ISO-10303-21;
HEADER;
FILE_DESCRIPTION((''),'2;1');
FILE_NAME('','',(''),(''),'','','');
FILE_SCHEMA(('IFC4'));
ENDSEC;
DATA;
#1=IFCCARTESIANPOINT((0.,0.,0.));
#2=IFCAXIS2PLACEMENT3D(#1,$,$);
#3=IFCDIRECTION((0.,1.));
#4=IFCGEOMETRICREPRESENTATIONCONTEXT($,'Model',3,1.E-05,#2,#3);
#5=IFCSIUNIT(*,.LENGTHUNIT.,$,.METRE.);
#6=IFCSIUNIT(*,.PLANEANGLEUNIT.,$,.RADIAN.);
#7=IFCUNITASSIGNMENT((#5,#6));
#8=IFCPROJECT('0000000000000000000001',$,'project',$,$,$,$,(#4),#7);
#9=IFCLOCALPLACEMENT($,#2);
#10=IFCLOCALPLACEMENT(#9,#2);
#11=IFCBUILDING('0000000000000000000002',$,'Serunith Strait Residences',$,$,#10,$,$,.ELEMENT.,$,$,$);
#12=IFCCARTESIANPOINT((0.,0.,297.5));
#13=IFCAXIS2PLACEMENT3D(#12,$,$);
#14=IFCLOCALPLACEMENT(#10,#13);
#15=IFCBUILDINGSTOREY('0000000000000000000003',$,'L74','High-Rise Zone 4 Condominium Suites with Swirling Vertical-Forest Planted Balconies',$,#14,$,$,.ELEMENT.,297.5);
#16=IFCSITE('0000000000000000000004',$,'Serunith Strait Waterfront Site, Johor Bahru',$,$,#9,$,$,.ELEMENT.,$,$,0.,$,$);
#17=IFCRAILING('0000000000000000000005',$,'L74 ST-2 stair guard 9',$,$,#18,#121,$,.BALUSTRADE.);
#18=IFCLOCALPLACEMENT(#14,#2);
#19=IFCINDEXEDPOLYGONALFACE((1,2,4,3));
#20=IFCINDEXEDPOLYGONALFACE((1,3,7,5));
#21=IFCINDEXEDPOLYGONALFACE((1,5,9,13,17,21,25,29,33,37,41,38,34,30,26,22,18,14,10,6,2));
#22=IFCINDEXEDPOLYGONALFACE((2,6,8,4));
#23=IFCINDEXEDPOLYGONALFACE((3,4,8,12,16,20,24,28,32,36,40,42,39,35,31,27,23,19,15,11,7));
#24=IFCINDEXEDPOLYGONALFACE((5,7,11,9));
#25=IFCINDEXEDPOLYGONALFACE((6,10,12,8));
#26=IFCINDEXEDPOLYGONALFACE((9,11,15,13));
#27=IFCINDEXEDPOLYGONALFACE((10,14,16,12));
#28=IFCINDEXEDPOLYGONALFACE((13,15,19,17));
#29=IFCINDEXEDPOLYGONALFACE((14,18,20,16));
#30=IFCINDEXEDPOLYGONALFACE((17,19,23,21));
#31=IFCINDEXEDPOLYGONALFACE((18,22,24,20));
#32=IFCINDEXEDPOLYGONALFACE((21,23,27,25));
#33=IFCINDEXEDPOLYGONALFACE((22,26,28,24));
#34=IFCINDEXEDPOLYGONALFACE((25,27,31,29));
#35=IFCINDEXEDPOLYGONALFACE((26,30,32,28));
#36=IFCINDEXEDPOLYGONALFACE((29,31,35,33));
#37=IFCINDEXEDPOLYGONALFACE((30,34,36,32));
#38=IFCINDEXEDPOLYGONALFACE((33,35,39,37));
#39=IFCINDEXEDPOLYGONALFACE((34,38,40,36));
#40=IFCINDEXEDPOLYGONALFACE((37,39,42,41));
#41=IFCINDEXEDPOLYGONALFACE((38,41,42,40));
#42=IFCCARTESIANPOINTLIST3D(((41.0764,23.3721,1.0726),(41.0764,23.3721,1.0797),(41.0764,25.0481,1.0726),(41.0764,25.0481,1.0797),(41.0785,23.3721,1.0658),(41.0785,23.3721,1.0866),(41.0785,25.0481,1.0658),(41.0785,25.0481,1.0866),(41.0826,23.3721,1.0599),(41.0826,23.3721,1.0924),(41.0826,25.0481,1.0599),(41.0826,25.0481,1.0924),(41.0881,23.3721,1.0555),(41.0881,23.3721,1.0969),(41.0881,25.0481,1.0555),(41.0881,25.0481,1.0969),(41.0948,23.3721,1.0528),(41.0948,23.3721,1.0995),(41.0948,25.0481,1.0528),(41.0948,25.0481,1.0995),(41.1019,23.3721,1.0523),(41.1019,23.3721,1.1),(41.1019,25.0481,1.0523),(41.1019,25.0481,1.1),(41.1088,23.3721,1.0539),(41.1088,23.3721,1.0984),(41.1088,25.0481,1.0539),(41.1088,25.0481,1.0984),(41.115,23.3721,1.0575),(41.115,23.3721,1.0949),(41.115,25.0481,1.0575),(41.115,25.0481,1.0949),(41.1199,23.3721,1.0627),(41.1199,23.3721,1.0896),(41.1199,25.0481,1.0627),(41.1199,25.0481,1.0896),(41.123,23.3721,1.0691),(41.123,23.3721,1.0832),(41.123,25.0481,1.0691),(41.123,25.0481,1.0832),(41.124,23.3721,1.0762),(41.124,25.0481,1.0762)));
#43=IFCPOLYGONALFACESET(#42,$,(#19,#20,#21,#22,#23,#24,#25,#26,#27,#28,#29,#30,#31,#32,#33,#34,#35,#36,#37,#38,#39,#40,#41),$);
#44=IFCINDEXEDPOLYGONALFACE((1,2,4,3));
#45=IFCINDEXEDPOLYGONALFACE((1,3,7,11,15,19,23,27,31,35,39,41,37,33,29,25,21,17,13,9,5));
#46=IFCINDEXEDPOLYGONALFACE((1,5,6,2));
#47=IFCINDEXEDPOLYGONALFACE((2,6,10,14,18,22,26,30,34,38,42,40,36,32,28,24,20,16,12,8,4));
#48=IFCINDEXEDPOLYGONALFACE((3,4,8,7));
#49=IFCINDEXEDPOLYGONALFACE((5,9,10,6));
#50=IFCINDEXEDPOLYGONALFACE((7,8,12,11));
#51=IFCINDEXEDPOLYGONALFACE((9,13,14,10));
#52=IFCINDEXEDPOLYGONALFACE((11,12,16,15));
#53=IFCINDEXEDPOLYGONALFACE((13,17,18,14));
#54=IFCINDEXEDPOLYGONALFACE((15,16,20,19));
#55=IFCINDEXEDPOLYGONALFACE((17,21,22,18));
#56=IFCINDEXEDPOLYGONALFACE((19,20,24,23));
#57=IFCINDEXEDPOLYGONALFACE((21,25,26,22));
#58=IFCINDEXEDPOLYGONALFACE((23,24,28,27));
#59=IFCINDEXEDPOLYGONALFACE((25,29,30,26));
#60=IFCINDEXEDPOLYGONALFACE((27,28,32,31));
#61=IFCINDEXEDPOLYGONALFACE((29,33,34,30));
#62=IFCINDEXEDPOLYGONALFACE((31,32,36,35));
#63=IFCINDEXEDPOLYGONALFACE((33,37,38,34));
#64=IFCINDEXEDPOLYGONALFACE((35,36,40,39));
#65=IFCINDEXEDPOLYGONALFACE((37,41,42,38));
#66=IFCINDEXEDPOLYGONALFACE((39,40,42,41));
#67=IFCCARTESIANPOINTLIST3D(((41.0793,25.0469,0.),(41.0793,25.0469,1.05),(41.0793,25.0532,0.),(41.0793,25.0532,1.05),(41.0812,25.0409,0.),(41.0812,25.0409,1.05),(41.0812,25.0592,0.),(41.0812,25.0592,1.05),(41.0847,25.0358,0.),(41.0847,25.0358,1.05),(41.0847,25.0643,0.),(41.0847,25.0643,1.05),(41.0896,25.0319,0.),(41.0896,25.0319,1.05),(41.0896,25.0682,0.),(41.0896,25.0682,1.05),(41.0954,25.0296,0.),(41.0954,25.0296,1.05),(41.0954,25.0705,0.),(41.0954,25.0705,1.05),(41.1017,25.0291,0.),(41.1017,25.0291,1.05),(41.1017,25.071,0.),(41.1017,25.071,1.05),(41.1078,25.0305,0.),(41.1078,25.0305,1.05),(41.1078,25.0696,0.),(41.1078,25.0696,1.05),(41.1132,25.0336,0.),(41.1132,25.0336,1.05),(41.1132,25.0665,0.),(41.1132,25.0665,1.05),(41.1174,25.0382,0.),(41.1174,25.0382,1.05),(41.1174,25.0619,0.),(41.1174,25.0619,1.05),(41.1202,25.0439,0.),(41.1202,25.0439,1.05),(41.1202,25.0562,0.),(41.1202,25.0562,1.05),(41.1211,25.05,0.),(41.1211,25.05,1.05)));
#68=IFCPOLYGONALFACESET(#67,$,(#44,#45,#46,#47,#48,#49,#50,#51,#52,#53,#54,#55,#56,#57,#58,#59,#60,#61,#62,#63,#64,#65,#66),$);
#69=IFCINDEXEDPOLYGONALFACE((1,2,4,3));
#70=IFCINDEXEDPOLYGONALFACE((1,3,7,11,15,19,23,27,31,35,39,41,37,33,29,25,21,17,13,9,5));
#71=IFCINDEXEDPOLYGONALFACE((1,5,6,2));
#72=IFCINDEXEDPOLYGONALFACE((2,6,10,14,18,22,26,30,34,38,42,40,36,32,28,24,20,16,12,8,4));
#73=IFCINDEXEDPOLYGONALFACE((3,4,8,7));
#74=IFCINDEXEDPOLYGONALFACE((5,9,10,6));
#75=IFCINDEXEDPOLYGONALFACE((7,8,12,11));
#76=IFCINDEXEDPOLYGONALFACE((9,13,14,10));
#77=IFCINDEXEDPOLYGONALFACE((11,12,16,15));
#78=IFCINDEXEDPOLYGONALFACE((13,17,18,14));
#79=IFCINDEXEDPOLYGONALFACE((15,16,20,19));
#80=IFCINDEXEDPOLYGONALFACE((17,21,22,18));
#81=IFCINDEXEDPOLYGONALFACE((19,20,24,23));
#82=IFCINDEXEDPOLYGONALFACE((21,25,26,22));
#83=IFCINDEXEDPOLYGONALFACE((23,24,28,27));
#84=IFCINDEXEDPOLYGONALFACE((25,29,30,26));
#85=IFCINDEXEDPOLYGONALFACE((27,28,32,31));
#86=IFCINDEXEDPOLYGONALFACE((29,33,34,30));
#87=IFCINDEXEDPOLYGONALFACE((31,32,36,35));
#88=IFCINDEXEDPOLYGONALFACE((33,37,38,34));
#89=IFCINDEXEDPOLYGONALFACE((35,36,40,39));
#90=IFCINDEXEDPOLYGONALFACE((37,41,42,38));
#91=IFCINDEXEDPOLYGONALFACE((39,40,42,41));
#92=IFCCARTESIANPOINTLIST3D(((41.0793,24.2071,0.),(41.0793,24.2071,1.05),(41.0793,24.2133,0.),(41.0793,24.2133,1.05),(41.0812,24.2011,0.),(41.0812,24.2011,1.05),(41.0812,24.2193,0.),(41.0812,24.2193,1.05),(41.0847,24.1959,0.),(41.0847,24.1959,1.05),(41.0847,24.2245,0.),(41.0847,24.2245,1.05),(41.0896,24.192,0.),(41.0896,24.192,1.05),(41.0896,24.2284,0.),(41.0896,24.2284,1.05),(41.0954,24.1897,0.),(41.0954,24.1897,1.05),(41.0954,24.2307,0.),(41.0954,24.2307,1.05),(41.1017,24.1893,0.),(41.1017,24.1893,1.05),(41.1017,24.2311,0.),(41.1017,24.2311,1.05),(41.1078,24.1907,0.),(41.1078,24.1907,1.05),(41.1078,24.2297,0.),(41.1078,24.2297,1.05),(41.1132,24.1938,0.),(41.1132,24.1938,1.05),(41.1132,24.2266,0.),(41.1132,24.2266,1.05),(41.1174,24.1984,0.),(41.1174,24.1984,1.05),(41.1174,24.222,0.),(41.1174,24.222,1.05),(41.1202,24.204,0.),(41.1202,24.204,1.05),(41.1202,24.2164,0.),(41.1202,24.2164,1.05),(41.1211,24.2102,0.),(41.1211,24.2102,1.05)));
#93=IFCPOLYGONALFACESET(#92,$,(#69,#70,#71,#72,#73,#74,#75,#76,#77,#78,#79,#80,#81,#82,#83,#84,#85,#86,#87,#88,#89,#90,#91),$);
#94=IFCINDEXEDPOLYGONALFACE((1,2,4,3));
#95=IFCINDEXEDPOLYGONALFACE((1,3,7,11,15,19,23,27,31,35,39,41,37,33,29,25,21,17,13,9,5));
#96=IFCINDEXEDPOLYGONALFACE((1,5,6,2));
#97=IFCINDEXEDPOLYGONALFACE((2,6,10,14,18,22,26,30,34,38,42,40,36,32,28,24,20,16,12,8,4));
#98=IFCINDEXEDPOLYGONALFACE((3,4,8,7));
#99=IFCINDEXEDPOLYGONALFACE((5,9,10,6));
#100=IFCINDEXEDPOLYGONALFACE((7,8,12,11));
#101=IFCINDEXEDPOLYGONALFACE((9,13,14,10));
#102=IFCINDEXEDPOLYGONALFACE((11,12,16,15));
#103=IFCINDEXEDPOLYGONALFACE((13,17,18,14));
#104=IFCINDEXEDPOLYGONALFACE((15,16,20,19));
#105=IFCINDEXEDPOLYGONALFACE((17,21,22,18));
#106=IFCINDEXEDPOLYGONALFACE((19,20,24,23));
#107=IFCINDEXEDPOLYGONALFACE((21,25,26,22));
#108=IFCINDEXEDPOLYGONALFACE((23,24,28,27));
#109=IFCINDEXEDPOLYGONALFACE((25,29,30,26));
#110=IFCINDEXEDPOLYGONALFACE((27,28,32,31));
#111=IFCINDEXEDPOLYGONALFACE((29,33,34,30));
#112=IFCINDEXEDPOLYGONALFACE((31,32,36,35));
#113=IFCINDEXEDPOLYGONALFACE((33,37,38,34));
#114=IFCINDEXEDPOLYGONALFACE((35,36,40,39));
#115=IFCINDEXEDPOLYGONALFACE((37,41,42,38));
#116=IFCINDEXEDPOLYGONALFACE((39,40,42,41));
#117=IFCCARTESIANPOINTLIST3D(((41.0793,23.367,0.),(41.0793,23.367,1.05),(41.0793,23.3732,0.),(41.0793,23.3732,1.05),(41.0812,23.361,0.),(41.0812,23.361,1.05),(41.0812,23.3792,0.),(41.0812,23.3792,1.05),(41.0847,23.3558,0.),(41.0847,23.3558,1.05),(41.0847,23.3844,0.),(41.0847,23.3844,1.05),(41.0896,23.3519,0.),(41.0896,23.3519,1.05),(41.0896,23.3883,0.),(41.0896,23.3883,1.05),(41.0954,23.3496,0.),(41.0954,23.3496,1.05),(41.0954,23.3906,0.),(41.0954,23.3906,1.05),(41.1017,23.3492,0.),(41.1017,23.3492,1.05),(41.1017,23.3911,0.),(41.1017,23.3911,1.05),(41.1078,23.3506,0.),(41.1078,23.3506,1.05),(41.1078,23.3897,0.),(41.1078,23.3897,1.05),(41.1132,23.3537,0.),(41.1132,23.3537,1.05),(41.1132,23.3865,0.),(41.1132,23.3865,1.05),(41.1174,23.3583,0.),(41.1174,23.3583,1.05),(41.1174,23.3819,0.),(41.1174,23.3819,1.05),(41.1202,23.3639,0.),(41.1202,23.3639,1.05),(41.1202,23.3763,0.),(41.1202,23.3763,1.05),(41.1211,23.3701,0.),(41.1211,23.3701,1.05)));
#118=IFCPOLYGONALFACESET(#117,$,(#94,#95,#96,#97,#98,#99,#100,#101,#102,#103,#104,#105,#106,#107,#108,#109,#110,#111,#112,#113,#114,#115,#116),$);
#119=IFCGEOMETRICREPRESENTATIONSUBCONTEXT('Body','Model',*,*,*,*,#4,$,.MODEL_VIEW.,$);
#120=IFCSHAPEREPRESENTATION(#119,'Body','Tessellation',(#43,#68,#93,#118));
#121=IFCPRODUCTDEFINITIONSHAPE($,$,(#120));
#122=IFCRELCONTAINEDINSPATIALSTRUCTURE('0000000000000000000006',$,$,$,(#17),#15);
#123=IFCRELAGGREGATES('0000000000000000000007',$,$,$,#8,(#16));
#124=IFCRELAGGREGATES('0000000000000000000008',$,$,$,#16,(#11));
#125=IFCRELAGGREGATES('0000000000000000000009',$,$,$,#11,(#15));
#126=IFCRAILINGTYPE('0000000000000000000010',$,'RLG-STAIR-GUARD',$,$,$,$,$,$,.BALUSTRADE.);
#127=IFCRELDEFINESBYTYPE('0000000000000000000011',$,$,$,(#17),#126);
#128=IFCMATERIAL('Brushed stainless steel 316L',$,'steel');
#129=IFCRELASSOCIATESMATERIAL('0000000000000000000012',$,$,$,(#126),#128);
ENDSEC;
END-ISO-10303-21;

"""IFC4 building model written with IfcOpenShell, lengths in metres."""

from ifc_helpers import new_model, si_unit, direction, frame, origin, origin_2d, place, context, subcontext, project, spatial, circle, extrude, material, type_object, element, save


model = new_model("IFC4")

# Units and contexts
model_context = context("Model", 3, precision=1e-05, world=origin(), true_north=direction((0.0, 1.0)))
body_context = subcontext(model_context, "Body", "Model", "MODEL_VIEW")
ifc_project = project(units=[si_unit("LENGTHUNIT", "METRE"), si_unit("PLANEANGLEUNIT", "RADIAN")], contexts=[model_context])

# Site, building, storey
site_placement = place(None, origin())
site = spatial("IfcSite", under=ifc_project, at=site_placement, Name="Serunith Strait Waterfront Site, Johor Bahru", CompositionType="ELEMENT", RefElevation=0.0)
building_placement = place(site_placement, origin())
building = spatial("IfcBuilding", under=site, at=building_placement, Name="Serunith Strait Residences", CompositionType="ELEMENT")
storey_placement = place(building_placement, frame((0.0, 0.0, 297.5)))
storey = spatial("IfcBuildingStorey", under=building, at=storey_placement, Name="L74", Description="High-Rise Zone 4 Condominium Suites with Swirling Vertical-Forest Planted Balconies", CompositionType="ELEMENT", Elevation=297.5)

# Railing
ifc_material_1 = material(Name="Brushed stainless steel 316L", Category="steel")
railing_type = type_object("IfcRailingType", Name="RLG-STAIR-GUARD", PredefinedType="BALUSTRADE", material=ifc_material_1)
for number, where, name in (
    (1, (41.1001, 25.05, 0.0), "L74 ST-2 stair guard 9"),
):
    element("IfcRailing", number, at=place(storey_placement, frame(where)), inside=storey, type_object=railing_type, Name=name, PredefinedType="BALUSTRADE", context=body_context, shape_type="SweptSolid", body=[
        extrude(circle(Radius=0.0239, at=origin_2d()), frame((0.0, -0.002, 1.0762), z_axis=(0.0, -1.0, 0.0), x_axis=(1.0, 0.0, 0.0)), (0.0, 0.0, 1.0), 1.676),
        extrude(circle(Radius=0.021, at=origin_2d()), origin(), (0.0, 0.0, 1.0), 1.05),
        extrude(circle(Radius=0.021, at=origin_2d()), frame((0.0, -0.8398, 0.0)), (0.0, 0.0, 1.0), 1.05),
        extrude(circle(Radius=0.021, at=origin_2d()), frame((0.0, -1.6799, 0.0)), (0.0, 0.0, 1.0), 1.05),
    ])

save(model, "model.ifc")
